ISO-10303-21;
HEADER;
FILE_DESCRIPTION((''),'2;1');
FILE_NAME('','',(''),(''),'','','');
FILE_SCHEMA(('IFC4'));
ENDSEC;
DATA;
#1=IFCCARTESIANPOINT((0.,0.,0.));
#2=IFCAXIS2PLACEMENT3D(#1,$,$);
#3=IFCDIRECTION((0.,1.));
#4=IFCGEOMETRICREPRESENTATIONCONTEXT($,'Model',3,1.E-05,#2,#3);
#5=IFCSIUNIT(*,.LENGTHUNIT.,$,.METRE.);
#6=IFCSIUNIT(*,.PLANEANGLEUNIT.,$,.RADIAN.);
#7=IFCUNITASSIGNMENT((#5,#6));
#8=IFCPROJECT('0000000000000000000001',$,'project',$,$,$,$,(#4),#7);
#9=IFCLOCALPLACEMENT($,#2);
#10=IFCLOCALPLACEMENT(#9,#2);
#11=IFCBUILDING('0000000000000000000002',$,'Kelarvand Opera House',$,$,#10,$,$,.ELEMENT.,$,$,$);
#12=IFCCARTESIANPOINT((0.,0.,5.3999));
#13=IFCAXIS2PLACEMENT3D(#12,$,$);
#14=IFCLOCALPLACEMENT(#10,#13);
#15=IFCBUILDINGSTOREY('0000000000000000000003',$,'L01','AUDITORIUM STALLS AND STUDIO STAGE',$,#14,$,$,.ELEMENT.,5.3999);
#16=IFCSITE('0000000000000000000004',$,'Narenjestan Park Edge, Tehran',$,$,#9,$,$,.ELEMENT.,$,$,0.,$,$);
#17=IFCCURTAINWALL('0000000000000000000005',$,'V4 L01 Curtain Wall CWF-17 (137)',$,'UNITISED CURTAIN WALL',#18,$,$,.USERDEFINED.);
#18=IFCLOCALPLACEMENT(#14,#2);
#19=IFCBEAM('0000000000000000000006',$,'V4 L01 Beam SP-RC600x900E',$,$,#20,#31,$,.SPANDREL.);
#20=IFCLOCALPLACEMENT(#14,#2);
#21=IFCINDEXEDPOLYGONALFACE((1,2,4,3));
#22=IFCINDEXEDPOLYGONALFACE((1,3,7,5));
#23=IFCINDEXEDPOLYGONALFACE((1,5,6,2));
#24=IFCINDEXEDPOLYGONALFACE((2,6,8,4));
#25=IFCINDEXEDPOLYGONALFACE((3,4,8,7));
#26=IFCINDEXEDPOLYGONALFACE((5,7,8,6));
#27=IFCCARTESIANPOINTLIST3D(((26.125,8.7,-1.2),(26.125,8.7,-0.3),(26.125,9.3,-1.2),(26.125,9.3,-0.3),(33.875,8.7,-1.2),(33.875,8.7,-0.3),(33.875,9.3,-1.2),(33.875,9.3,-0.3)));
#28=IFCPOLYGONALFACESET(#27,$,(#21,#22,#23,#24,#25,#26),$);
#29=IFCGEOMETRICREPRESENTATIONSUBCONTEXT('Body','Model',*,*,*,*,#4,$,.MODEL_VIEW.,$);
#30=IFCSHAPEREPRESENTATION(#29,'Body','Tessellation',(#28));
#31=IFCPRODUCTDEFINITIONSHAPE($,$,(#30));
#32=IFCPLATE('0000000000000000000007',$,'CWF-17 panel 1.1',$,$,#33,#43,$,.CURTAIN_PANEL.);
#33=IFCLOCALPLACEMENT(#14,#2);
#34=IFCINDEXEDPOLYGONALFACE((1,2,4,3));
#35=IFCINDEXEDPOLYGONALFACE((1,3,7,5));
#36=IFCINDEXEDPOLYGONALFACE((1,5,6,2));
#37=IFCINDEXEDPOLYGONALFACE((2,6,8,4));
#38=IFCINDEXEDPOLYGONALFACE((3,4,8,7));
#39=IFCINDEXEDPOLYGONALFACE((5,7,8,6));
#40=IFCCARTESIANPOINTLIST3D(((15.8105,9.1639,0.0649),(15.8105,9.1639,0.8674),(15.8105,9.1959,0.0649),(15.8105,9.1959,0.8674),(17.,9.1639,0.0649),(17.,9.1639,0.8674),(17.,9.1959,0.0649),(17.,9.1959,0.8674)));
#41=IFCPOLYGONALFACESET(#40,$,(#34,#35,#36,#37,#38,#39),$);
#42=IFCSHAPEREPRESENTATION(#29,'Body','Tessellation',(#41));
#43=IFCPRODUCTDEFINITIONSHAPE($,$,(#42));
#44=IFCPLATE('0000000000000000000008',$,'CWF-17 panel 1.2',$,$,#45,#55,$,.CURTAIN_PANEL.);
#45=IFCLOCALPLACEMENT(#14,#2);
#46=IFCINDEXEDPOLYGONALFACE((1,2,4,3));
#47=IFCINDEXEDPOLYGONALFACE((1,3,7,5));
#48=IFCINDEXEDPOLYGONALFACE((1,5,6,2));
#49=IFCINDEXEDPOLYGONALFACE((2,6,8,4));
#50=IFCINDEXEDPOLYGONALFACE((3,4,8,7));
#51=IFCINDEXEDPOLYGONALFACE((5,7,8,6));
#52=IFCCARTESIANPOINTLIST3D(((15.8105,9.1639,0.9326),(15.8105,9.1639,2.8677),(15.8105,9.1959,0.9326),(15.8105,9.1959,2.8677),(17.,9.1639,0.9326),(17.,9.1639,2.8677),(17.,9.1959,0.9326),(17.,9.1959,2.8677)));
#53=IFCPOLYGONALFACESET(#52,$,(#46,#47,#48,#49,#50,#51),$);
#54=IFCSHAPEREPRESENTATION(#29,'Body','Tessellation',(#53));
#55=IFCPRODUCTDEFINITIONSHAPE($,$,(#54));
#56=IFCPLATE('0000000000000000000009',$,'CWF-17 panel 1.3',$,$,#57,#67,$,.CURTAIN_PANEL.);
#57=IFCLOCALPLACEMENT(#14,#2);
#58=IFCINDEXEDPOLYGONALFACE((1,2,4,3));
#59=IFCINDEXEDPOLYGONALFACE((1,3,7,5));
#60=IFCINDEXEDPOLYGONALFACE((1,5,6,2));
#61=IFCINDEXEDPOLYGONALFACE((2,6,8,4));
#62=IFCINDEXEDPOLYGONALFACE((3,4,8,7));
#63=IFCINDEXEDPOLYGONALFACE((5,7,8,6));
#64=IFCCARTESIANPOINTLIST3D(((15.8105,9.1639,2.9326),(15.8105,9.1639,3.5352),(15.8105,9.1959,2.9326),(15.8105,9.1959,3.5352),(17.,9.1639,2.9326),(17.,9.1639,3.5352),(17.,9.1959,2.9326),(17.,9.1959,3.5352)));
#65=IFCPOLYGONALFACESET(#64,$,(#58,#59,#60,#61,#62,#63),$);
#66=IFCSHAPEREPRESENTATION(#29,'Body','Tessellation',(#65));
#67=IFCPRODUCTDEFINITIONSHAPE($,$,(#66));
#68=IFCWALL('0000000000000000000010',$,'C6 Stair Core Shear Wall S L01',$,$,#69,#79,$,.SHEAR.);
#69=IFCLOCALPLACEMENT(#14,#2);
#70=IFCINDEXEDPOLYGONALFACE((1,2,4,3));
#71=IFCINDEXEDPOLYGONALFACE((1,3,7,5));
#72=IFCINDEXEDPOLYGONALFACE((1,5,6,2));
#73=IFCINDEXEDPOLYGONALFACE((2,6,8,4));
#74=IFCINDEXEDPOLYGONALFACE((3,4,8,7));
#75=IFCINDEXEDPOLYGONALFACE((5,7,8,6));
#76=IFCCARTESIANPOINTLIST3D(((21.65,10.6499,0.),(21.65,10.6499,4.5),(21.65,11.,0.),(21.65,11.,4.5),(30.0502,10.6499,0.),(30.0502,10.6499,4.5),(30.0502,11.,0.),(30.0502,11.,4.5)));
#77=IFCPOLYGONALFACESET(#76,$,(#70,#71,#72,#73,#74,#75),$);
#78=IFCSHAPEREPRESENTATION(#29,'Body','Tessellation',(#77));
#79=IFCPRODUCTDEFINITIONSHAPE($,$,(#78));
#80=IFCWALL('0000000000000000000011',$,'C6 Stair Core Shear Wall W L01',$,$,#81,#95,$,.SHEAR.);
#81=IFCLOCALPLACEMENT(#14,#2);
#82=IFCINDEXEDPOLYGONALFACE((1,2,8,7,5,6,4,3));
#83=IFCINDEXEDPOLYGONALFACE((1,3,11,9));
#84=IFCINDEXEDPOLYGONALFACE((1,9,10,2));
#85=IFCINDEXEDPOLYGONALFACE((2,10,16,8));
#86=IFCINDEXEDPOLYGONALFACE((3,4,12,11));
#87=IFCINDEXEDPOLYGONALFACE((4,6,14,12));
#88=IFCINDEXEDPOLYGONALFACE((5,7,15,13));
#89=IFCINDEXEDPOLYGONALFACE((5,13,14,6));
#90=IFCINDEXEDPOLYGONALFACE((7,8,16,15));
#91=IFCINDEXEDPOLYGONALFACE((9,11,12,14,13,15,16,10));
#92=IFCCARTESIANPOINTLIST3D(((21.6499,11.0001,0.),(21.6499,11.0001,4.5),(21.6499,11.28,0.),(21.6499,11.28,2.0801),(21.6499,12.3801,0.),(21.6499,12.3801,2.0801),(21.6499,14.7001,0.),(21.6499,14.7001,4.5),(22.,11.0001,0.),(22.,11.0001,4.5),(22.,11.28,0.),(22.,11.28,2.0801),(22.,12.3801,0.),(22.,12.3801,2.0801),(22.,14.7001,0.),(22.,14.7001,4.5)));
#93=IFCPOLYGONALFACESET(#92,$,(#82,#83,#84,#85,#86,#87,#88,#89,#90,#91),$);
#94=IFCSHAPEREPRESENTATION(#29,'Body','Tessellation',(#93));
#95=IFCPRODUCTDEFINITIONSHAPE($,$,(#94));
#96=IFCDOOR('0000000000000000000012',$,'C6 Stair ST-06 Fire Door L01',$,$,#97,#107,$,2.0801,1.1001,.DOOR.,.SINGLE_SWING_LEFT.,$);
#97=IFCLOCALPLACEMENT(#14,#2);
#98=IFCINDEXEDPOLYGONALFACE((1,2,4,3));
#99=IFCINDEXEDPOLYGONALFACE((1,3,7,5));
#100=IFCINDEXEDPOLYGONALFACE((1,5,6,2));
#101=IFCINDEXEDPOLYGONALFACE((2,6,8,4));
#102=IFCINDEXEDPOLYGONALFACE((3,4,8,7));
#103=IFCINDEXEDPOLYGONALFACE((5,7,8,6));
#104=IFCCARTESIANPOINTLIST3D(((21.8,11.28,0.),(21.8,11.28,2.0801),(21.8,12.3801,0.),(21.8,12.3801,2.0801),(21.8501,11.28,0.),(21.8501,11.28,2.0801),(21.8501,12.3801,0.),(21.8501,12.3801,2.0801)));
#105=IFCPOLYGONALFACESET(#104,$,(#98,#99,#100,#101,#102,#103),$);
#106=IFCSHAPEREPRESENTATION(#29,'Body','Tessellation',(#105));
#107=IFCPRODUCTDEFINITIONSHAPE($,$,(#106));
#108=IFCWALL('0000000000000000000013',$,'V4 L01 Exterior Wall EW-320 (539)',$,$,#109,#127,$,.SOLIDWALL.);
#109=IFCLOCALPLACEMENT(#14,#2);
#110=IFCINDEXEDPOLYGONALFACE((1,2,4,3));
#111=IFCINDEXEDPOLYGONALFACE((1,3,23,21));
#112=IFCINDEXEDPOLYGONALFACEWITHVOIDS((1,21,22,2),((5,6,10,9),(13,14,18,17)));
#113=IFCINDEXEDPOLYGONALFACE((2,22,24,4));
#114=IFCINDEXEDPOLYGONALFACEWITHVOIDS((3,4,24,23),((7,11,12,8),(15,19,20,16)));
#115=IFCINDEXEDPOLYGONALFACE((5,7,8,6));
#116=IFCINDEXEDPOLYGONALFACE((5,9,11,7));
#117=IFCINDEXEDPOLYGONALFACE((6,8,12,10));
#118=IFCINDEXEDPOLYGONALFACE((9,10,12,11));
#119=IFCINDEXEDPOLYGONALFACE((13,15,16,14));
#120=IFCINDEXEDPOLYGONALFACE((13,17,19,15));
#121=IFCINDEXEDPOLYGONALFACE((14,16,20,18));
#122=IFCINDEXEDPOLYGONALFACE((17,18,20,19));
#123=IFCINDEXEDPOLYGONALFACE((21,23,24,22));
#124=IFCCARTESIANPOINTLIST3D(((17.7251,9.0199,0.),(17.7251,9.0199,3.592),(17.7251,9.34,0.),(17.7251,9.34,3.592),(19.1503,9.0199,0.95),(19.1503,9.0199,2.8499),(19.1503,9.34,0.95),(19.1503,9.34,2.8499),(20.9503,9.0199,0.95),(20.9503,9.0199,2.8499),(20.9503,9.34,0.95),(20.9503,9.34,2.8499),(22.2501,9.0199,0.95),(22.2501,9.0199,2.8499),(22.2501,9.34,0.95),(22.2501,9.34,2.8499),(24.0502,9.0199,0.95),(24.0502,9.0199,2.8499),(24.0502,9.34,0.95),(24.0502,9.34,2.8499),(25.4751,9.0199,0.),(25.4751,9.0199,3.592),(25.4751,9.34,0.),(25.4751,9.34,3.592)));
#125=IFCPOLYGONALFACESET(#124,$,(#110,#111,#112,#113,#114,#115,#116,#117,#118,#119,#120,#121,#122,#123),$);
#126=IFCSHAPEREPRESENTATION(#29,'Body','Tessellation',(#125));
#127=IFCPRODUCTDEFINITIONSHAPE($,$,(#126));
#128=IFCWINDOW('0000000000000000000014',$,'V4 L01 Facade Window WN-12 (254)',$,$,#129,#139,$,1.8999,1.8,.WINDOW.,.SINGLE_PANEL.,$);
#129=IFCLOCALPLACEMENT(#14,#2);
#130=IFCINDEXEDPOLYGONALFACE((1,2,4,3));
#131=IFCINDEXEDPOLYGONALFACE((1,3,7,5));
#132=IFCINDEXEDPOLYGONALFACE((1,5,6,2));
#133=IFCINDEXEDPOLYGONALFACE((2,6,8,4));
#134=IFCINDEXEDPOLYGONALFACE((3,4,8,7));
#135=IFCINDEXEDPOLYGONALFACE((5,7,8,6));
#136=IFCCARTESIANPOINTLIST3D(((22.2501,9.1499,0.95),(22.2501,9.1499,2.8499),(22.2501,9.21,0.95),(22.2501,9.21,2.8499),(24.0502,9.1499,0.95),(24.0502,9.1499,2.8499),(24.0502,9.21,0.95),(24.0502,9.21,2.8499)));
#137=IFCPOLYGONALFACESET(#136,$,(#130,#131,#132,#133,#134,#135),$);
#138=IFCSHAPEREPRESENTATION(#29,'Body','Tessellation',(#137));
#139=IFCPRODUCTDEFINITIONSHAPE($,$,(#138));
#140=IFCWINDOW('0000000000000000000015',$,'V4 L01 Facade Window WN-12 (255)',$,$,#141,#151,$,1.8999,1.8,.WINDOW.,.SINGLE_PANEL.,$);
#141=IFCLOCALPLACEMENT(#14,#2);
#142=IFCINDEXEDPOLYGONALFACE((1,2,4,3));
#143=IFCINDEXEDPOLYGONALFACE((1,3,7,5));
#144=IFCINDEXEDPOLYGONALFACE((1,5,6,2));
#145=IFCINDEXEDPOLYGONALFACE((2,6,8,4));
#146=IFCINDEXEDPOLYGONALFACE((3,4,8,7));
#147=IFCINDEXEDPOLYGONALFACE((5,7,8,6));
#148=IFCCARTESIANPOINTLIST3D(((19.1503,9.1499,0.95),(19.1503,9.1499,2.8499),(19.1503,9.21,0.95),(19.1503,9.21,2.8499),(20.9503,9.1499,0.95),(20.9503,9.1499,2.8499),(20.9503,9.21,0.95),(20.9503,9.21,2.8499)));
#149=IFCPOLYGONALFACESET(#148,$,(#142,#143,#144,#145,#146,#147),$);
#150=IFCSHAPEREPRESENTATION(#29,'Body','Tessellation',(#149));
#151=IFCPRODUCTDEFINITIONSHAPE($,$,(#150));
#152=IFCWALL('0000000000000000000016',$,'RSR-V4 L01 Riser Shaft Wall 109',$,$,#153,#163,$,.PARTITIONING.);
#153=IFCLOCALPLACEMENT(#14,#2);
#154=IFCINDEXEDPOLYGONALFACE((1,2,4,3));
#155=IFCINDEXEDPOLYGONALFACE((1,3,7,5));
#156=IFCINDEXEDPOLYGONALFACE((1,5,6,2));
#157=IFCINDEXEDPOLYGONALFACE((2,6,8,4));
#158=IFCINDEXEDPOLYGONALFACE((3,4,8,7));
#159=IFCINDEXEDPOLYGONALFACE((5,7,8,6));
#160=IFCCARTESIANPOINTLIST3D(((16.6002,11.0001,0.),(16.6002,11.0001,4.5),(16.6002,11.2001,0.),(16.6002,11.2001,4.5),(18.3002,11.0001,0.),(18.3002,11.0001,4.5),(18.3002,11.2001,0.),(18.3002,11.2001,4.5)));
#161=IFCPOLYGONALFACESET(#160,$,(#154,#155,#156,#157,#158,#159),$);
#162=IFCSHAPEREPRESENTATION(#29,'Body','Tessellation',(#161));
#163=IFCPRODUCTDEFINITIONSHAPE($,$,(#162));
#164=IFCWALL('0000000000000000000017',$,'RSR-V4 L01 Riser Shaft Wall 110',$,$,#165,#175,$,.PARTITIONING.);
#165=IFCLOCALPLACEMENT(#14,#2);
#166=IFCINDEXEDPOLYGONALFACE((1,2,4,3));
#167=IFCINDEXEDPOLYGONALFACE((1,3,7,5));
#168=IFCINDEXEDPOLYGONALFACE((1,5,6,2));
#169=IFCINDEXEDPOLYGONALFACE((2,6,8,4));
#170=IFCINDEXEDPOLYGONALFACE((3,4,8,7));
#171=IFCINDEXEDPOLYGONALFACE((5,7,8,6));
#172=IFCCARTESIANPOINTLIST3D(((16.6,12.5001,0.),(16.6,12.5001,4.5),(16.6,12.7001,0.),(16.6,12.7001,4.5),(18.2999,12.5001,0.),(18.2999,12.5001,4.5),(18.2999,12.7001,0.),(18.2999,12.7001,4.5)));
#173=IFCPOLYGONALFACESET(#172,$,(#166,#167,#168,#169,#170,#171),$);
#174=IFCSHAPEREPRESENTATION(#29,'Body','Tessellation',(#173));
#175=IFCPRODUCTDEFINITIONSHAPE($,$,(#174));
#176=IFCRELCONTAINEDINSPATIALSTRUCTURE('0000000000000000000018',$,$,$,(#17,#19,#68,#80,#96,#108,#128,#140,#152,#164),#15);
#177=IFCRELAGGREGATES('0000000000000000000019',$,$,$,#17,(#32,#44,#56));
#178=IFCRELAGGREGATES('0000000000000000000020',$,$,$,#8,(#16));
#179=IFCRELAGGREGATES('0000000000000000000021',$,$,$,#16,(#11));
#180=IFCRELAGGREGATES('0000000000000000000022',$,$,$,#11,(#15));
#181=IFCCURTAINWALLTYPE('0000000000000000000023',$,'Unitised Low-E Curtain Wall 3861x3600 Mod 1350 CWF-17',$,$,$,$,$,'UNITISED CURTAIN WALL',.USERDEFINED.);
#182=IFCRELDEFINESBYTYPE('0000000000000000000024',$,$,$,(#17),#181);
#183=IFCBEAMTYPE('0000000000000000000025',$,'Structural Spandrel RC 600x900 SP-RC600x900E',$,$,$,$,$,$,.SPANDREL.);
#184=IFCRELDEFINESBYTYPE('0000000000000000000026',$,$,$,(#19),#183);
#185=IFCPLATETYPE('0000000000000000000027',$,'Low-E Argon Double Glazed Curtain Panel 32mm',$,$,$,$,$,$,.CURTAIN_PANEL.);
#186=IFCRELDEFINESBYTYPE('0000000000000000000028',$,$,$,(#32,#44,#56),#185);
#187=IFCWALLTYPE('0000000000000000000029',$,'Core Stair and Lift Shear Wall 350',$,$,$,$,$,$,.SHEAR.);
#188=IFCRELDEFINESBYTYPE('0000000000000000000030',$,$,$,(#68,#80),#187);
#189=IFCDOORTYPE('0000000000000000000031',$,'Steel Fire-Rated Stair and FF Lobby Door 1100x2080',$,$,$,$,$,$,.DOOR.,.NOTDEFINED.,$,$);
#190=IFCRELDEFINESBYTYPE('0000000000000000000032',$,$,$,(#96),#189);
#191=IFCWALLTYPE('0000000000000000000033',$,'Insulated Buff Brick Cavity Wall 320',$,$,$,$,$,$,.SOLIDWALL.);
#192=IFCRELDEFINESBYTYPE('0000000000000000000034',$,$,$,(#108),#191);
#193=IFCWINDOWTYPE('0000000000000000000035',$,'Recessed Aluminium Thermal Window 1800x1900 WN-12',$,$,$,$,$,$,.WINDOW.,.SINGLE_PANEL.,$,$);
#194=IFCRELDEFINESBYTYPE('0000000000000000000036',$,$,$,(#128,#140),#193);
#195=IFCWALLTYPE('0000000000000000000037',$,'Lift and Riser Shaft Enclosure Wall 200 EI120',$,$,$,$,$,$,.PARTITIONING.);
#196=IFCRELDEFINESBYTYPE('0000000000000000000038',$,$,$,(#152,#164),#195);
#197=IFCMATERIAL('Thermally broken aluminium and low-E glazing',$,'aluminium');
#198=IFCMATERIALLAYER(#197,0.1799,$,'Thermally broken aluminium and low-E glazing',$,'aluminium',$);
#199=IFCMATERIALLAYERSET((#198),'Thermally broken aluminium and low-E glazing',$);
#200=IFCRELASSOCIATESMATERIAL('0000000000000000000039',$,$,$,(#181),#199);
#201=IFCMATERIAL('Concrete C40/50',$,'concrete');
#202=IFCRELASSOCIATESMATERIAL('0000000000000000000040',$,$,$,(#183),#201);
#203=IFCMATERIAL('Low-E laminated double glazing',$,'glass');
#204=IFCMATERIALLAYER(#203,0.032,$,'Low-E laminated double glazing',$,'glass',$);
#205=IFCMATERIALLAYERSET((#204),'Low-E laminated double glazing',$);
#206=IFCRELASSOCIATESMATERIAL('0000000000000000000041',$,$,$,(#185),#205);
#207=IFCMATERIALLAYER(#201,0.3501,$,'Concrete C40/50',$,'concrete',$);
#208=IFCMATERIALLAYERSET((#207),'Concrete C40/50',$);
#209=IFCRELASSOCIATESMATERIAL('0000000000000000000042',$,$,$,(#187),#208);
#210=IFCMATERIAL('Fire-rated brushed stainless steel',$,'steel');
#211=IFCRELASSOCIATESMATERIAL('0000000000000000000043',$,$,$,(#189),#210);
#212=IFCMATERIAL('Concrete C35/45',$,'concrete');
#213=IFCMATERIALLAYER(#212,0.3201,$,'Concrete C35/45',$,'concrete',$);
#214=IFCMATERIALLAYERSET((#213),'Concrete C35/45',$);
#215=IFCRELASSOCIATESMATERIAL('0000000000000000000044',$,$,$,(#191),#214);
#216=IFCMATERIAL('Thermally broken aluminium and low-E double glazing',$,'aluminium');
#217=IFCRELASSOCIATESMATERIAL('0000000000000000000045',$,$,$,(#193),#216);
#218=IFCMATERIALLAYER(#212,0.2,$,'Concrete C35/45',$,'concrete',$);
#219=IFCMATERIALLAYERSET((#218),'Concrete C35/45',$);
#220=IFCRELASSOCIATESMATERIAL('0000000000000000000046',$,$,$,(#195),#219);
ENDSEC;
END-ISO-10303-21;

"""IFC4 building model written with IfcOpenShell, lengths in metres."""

from ifc_helpers import new_model, si_unit, direction, frame, frame_2d, origin, origin_2d, place, context, subcontext, project, spatial, rectangle, extrude, material, layer, layer_set, material_profile, profile_set, type_object, element, fill, aggregate, save


model = new_model("IFC4")

# Units and contexts
model_context = context("Model", 3, precision=1e-05, world=origin(), true_north=direction((0.0, 1.0)))
body_context = subcontext(model_context, "Body", "Model", "MODEL_VIEW")
ifc_project = project(units=[si_unit("LENGTHUNIT", "METRE"), si_unit("PLANEANGLEUNIT", "RADIAN")], contexts=[model_context])

# Site, building, storey
site_placement = place(None, origin())
site = spatial("IfcSite", under=ifc_project, at=site_placement, Name="Narenjestan Park Edge, Tehran", CompositionType="ELEMENT", RefElevation=0.0)
building_placement = place(site_placement, origin())
building = spatial("IfcBuilding", under=site, at=building_placement, Name="Kelarvand Opera House", CompositionType="ELEMENT")
storey_placement = place(building_placement, frame((0.0, 0.0, 5.3999)))
storey = spatial("IfcBuildingStorey", under=building, at=storey_placement, Name="L01", Description="AUDITORIUM STALLS AND STUDIO STAGE", CompositionType="ELEMENT", Elevation=5.3999)

# Shared definitions
ifc_material_1 = material(Name="Concrete C40/50", Category="concrete")

# Curtain wall
ifc_material_2 = material(Name="Thermally broken aluminium and low-E glazing", Category="aluminium")
ifc_layer_1 = layer(ifc_material_2, 0.1799, Name="Thermally broken aluminium and low-E glazing", Category="aluminium")
ifc_layer_set_1 = layer_set([ifc_layer_1], Name="Thermally broken aluminium and low-E glazing")
curtain_wall_type = type_object("IfcCurtainWallType", Name="Unitised Low-E Curtain Wall 3861x3600 Mod 1350 CWF-17", ElementType="UNITISED CURTAIN WALL", PredefinedType="USERDEFINED", material=ifc_layer_set_1)
curtain_wall_placement = place(storey_placement, origin())
curtain_wall = element("IfcCurtainWall", 1, at=curtain_wall_placement, inside=storey, type_object=curtain_wall_type, Name="V4 L01 Curtain Wall CWF-17 (137)", ObjectType="UNITISED CURTAIN WALL", PredefinedType="USERDEFINED")

# Beam
ifc_material_3 = material(Name="Concrete C35/45", Category="concrete")
ifc_material_profile_1 = material_profile(ifc_material_1, rectangle(XDim=0.6001, YDim=0.8999, at=origin_2d()), Name="RC 600x900", Category="concrete")
ifc_profile_set_1 = profile_set([ifc_material_profile_1], Name="Concrete C40/50")
beam_type_1 = type_object("IfcBeamType", Name="Structural Spandrel RC 600x900 SP-RC600x900E", PredefinedType="SPANDREL", material=ifc_profile_set_1)
for number, where, z_axis, x_axis, name in (
    (2, (26.125, 9.0, -0.75), (1.0, 0.0, 0.0), (0.0, 1.0, 0.0), "V4 L01 Beam SP-RC600x900E"),
):
    element("IfcBeam", number, at=place(storey_placement, frame(where, z_axis=z_axis, x_axis=x_axis)), inside=storey, type_object=beam_type_1, Name=name, PredefinedType="SPANDREL", context=body_context, shape_type="SweptSolid", body=[
        extrude(rectangle(XDim=0.6001, YDim=0.8999, at=origin_2d()), origin(), (0.0, 0.0, 1.0), 7.75),
    ])

# Plates
ifc_material_4 = material(Name="Low-E laminated double glazing", Category="glass")
ifc_layer_2 = layer(ifc_material_4, 0.032, Name="Low-E laminated double glazing", Category="glass")
ifc_layer_set_2 = layer_set([ifc_layer_2], Name="Low-E laminated double glazing")
plate_type = type_object("IfcPlateType", Name="Low-E Argon Double Glazed Curtain Panel 32mm", PredefinedType="CURTAIN_PANEL", material=ifc_layer_set_2)
plate_1_placement = place(storey_placement, frame((16.4053, 9.1799, 0.0649), z_axis=(0.0, 0.0, 1.0), x_axis=(-1.0, 0.0, 0.0)))
plate_1 = element("IfcPlate", 3, at=plate_1_placement, type_object=plate_type, Name="CWF-17 panel 1.1", PredefinedType="CURTAIN_PANEL", context=body_context, shape_type="SweptSolid", body=[
    extrude(rectangle(XDim=1.1895, YDim=0.032, at=origin_2d()), origin(), (0.0, 0.0, 1.0), 0.8025),
])
plate_2_placement = place(storey_placement, frame((16.4053, 9.1799, 0.9326), z_axis=(0.0, 0.0, 1.0), x_axis=(-1.0, 0.0, 0.0)))
plate_2 = element("IfcPlate", 4, at=plate_2_placement, type_object=plate_type, Name="CWF-17 panel 1.2", PredefinedType="CURTAIN_PANEL", context=body_context, shape_type="SweptSolid", body=[
    extrude(rectangle(XDim=1.1895, YDim=0.032, at=origin_2d()), origin(), (0.0, 0.0, 1.0), 1.9351),
])
plate_3_placement = place(storey_placement, frame((16.4053, 9.1799, 2.9326), z_axis=(0.0, 0.0, 1.0), x_axis=(-1.0, 0.0, 0.0)))
plate_3 = element("IfcPlate", 5, at=plate_3_placement, type_object=plate_type, Name="CWF-17 panel 1.3", PredefinedType="CURTAIN_PANEL", context=body_context, shape_type="SweptSolid", body=[
    extrude(rectangle(XDim=1.1895, YDim=0.032, at=origin_2d()), origin(), (0.0, 0.0, 1.0), 0.6025),
])
aggregate(curtain_wall, [plate_1, plate_2, plate_3])

# Wall
ifc_layer_3 = layer(ifc_material_1, 0.3501, Name="Concrete C40/50", Category="concrete")
ifc_layer_set_3 = layer_set([ifc_layer_3], Name="Concrete C40/50")
wall_type_1 = type_object("IfcWallType", Name="Core Stair and Lift Shear Wall 350", PredefinedType="SHEAR", material=ifc_layer_set_3)
wall_1_placement = place(storey_placement, frame((21.6499, 10.825, 0.0), z_axis=(0.0, 0.0, 1.0), x_axis=(1.0, 0.0, 0.0)))
element("IfcWall", 6, at=wall_1_placement, inside=storey, type_object=wall_type_1, Name="C6 Stair Core Shear Wall S L01", PredefinedType="SHEAR", context=body_context, shape_type="SweptSolid", body=[
    extrude(rectangle(XDim=8.4001, YDim=0.3501, at=frame_2d((4.2002, 0.0))), origin(), (0.0, 0.0, 1.0), 4.5),
])

# Wall, opening, door
wall_2_placement = place(storey_placement, frame((21.825, 11.0, 0.0), z_axis=(0.0, 0.0, 1.0), x_axis=(0.0, 1.0, 0.0)))
wall_2 = element("IfcWall", 7, at=wall_2_placement, inside=storey, type_object=wall_type_1, Name="C6 Stair Core Shear Wall W L01", PredefinedType="SHEAR", context=body_context, shape_type="SweptSolid", body=[
    extrude(rectangle(XDim=3.7, YDim=0.3501, at=frame_2d((1.8501, 0.0))), origin(), (0.0, 0.0, 1.0), 4.5),
])
opening_1_placement = place(wall_2_placement, frame((0.28, 0.0, 0.0)))
opening_1 = element("IfcOpeningElement", 8, at=opening_1_placement, cuts=wall_2, PredefinedType="OPENING", context=body_context, shape_type="SweptSolid", body=[
    extrude(rectangle(XDim=1.1001, YDim=2.0801, at=frame_2d((0.55, 1.04))), frame((0.0, 0.1851, 0.0), z_axis=(0.0, -1.0, 0.0), x_axis=(1.0, 0.0, 0.0)), (0.0, 0.0, 1.0), 0.3701),
])
ifc_material_5 = material(Name="Fire-rated brushed stainless steel", Category="steel")
door_type = type_object("IfcDoorType", Name="Steel Fire-Rated Stair and FF Lobby Door 1100x2080", OperationType="NOTDEFINED", PredefinedType="DOOR", material=ifc_material_5)
door_placement = place(opening_1_placement, origin())
door = element("IfcDoor", 9, at=door_placement, inside=storey, type_object=door_type, Name="C6 Stair ST-06 Fire Door L01", OperationType="SINGLE_SWING_LEFT", OverallHeight=2.0801, OverallWidth=1.1001, PredefinedType="DOOR", context=body_context, shape_type="SweptSolid", body=[
    extrude(rectangle(XDim=1.1001, YDim=2.0801, at=frame_2d((0.55, 1.04))), frame((0.0, 0.0249, 0.0), z_axis=(0.0, -1.0, 0.0), x_axis=(1.0, 0.0, 0.0)), (0.0, 0.0, 1.0), 0.05),
])
fill(opening_1, door)

# Wall, openings, windows
ifc_layer_4 = layer(ifc_material_3, 0.3201, Name="Concrete C35/45", Category="concrete")
ifc_layer_set_4 = layer_set([ifc_layer_4], Name="Concrete C35/45")
wall_type_2 = type_object("IfcWallType", Name="Insulated Buff Brick Cavity Wall 320", PredefinedType="SOLIDWALL", material=ifc_layer_set_4)
wall_3_placement = place(storey_placement, frame((25.4751, 9.1799, 0.0), z_axis=(0.0, 0.0, 1.0), x_axis=(-1.0, 0.0, 0.0)))
wall_3 = element("IfcWall", 10, at=wall_3_placement, inside=storey, type_object=wall_type_2, Name="V4 L01 Exterior Wall EW-320 (539)", PredefinedType="SOLIDWALL", context=body_context, shape_type="SweptSolid", body=[
    extrude(rectangle(XDim=7.75, YDim=0.3201, at=frame_2d((3.875, 0.0))), origin(), (0.0, 0.0, 1.0), 3.592),
])
opening_2_placement = place(wall_3_placement, frame((1.425, 0.0, 0.95)))
opening_2 = element("IfcOpeningElement", 11, at=opening_2_placement, cuts=wall_3, PredefinedType="OPENING", context=body_context, shape_type="SweptSolid", body=[
    extrude(rectangle(XDim=1.8, YDim=1.8999, at=frame_2d((0.8999, 0.95))), frame((0.0, 0.1699, 0.0), z_axis=(0.0, -1.0, 0.0), x_axis=(1.0, 0.0, 0.0)), (0.0, 0.0, 1.0), 0.3401),
])
opening_3_placement = place(wall_3_placement, frame((4.5249, 0.0, 0.95)))
opening_3 = element("IfcOpeningElement", 12, at=opening_3_placement, cuts=wall_3, PredefinedType="OPENING", context=body_context, shape_type="SweptSolid", body=[
    extrude(rectangle(XDim=1.8, YDim=1.8999, at=frame_2d((0.8999, 0.95))), frame((0.0, 0.1699, 0.0), z_axis=(0.0, -1.0, 0.0), x_axis=(1.0, 0.0, 0.0)), (0.0, 0.0, 1.0), 0.3401),
])
ifc_material_6 = material(Name="Thermally broken aluminium and low-E double glazing", Category="aluminium")
window_type = type_object("IfcWindowType", Name="Recessed Aluminium Thermal Window 1800x1900 WN-12", PartitioningType="SINGLE_PANEL", PredefinedType="WINDOW", material=ifc_material_6)
window_1_placement = place(opening_2_placement, origin())
window_1 = element("IfcWindow", 13, at=window_1_placement, inside=storey, type_object=window_type, Name="V4 L01 Facade Window WN-12 (254)", OverallHeight=1.8999, OverallWidth=1.8, PartitioningType="SINGLE_PANEL", PredefinedType="WINDOW", context=body_context, shape_type="SweptSolid", body=[
    extrude(rectangle(XDim=1.8, YDim=1.8999, at=frame_2d((0.8999, 0.95))), frame((0.0, 0.03, 0.0), z_axis=(0.0, -1.0, 0.0), x_axis=(1.0, 0.0, 0.0)), (0.0, 0.0, 1.0), 0.0601),
])
fill(opening_2, window_1)
window_2_placement = place(opening_3_placement, origin())
window_2 = element("IfcWindow", 14, at=window_2_placement, inside=storey, type_object=window_type, Name="V4 L01 Facade Window WN-12 (255)", OverallHeight=1.8999, OverallWidth=1.8, PartitioningType="SINGLE_PANEL", PredefinedType="WINDOW", context=body_context, shape_type="SweptSolid", body=[
    extrude(rectangle(XDim=1.8, YDim=1.8999, at=frame_2d((0.8999, 0.95))), frame((0.0, 0.03, 0.0), z_axis=(0.0, -1.0, 0.0), x_axis=(1.0, 0.0, 0.0)), (0.0, 0.0, 1.0), 0.0601),
])
fill(opening_3, window_2)

# Walls
ifc_layer_5 = layer(ifc_material_3, 0.2, Name="Concrete C35/45", Category="concrete")
ifc_layer_set_5 = layer_set([ifc_layer_5], Name="Concrete C35/45")
wall_type_3 = type_object("IfcWallType", Name="Lift and Riser Shaft Enclosure Wall 200 EI120", PredefinedType="PARTITIONING", material=ifc_layer_set_5)
for number, where, z_axis, x_axis, name in (
    (15, (16.6001, 11.1001, 0.0), (0.0, 0.0, 1.0), (1.0, 0.0, 0.0), "RSR-V4 L01 Riser Shaft Wall 109"),
    (16, (18.3, 12.6001, 0.0), (0.0, 0.0, 1.0), (-1.0, 0.0, 0.0), "RSR-V4 L01 Riser Shaft Wall 110"),
):
    element("IfcWall", number, at=place(storey_placement, frame(where, z_axis=z_axis, x_axis=x_axis)), inside=storey, type_object=wall_type_3, Name=name, PredefinedType="PARTITIONING", context=body_context, shape_type="SweptSolid", body=[
        extrude(rectangle(XDim=1.7, YDim=0.2, at=frame_2d((0.8501, 0.0))), origin(), (0.0, 0.0, 1.0), 4.5),
    ])

save(model, "model.ifc")
